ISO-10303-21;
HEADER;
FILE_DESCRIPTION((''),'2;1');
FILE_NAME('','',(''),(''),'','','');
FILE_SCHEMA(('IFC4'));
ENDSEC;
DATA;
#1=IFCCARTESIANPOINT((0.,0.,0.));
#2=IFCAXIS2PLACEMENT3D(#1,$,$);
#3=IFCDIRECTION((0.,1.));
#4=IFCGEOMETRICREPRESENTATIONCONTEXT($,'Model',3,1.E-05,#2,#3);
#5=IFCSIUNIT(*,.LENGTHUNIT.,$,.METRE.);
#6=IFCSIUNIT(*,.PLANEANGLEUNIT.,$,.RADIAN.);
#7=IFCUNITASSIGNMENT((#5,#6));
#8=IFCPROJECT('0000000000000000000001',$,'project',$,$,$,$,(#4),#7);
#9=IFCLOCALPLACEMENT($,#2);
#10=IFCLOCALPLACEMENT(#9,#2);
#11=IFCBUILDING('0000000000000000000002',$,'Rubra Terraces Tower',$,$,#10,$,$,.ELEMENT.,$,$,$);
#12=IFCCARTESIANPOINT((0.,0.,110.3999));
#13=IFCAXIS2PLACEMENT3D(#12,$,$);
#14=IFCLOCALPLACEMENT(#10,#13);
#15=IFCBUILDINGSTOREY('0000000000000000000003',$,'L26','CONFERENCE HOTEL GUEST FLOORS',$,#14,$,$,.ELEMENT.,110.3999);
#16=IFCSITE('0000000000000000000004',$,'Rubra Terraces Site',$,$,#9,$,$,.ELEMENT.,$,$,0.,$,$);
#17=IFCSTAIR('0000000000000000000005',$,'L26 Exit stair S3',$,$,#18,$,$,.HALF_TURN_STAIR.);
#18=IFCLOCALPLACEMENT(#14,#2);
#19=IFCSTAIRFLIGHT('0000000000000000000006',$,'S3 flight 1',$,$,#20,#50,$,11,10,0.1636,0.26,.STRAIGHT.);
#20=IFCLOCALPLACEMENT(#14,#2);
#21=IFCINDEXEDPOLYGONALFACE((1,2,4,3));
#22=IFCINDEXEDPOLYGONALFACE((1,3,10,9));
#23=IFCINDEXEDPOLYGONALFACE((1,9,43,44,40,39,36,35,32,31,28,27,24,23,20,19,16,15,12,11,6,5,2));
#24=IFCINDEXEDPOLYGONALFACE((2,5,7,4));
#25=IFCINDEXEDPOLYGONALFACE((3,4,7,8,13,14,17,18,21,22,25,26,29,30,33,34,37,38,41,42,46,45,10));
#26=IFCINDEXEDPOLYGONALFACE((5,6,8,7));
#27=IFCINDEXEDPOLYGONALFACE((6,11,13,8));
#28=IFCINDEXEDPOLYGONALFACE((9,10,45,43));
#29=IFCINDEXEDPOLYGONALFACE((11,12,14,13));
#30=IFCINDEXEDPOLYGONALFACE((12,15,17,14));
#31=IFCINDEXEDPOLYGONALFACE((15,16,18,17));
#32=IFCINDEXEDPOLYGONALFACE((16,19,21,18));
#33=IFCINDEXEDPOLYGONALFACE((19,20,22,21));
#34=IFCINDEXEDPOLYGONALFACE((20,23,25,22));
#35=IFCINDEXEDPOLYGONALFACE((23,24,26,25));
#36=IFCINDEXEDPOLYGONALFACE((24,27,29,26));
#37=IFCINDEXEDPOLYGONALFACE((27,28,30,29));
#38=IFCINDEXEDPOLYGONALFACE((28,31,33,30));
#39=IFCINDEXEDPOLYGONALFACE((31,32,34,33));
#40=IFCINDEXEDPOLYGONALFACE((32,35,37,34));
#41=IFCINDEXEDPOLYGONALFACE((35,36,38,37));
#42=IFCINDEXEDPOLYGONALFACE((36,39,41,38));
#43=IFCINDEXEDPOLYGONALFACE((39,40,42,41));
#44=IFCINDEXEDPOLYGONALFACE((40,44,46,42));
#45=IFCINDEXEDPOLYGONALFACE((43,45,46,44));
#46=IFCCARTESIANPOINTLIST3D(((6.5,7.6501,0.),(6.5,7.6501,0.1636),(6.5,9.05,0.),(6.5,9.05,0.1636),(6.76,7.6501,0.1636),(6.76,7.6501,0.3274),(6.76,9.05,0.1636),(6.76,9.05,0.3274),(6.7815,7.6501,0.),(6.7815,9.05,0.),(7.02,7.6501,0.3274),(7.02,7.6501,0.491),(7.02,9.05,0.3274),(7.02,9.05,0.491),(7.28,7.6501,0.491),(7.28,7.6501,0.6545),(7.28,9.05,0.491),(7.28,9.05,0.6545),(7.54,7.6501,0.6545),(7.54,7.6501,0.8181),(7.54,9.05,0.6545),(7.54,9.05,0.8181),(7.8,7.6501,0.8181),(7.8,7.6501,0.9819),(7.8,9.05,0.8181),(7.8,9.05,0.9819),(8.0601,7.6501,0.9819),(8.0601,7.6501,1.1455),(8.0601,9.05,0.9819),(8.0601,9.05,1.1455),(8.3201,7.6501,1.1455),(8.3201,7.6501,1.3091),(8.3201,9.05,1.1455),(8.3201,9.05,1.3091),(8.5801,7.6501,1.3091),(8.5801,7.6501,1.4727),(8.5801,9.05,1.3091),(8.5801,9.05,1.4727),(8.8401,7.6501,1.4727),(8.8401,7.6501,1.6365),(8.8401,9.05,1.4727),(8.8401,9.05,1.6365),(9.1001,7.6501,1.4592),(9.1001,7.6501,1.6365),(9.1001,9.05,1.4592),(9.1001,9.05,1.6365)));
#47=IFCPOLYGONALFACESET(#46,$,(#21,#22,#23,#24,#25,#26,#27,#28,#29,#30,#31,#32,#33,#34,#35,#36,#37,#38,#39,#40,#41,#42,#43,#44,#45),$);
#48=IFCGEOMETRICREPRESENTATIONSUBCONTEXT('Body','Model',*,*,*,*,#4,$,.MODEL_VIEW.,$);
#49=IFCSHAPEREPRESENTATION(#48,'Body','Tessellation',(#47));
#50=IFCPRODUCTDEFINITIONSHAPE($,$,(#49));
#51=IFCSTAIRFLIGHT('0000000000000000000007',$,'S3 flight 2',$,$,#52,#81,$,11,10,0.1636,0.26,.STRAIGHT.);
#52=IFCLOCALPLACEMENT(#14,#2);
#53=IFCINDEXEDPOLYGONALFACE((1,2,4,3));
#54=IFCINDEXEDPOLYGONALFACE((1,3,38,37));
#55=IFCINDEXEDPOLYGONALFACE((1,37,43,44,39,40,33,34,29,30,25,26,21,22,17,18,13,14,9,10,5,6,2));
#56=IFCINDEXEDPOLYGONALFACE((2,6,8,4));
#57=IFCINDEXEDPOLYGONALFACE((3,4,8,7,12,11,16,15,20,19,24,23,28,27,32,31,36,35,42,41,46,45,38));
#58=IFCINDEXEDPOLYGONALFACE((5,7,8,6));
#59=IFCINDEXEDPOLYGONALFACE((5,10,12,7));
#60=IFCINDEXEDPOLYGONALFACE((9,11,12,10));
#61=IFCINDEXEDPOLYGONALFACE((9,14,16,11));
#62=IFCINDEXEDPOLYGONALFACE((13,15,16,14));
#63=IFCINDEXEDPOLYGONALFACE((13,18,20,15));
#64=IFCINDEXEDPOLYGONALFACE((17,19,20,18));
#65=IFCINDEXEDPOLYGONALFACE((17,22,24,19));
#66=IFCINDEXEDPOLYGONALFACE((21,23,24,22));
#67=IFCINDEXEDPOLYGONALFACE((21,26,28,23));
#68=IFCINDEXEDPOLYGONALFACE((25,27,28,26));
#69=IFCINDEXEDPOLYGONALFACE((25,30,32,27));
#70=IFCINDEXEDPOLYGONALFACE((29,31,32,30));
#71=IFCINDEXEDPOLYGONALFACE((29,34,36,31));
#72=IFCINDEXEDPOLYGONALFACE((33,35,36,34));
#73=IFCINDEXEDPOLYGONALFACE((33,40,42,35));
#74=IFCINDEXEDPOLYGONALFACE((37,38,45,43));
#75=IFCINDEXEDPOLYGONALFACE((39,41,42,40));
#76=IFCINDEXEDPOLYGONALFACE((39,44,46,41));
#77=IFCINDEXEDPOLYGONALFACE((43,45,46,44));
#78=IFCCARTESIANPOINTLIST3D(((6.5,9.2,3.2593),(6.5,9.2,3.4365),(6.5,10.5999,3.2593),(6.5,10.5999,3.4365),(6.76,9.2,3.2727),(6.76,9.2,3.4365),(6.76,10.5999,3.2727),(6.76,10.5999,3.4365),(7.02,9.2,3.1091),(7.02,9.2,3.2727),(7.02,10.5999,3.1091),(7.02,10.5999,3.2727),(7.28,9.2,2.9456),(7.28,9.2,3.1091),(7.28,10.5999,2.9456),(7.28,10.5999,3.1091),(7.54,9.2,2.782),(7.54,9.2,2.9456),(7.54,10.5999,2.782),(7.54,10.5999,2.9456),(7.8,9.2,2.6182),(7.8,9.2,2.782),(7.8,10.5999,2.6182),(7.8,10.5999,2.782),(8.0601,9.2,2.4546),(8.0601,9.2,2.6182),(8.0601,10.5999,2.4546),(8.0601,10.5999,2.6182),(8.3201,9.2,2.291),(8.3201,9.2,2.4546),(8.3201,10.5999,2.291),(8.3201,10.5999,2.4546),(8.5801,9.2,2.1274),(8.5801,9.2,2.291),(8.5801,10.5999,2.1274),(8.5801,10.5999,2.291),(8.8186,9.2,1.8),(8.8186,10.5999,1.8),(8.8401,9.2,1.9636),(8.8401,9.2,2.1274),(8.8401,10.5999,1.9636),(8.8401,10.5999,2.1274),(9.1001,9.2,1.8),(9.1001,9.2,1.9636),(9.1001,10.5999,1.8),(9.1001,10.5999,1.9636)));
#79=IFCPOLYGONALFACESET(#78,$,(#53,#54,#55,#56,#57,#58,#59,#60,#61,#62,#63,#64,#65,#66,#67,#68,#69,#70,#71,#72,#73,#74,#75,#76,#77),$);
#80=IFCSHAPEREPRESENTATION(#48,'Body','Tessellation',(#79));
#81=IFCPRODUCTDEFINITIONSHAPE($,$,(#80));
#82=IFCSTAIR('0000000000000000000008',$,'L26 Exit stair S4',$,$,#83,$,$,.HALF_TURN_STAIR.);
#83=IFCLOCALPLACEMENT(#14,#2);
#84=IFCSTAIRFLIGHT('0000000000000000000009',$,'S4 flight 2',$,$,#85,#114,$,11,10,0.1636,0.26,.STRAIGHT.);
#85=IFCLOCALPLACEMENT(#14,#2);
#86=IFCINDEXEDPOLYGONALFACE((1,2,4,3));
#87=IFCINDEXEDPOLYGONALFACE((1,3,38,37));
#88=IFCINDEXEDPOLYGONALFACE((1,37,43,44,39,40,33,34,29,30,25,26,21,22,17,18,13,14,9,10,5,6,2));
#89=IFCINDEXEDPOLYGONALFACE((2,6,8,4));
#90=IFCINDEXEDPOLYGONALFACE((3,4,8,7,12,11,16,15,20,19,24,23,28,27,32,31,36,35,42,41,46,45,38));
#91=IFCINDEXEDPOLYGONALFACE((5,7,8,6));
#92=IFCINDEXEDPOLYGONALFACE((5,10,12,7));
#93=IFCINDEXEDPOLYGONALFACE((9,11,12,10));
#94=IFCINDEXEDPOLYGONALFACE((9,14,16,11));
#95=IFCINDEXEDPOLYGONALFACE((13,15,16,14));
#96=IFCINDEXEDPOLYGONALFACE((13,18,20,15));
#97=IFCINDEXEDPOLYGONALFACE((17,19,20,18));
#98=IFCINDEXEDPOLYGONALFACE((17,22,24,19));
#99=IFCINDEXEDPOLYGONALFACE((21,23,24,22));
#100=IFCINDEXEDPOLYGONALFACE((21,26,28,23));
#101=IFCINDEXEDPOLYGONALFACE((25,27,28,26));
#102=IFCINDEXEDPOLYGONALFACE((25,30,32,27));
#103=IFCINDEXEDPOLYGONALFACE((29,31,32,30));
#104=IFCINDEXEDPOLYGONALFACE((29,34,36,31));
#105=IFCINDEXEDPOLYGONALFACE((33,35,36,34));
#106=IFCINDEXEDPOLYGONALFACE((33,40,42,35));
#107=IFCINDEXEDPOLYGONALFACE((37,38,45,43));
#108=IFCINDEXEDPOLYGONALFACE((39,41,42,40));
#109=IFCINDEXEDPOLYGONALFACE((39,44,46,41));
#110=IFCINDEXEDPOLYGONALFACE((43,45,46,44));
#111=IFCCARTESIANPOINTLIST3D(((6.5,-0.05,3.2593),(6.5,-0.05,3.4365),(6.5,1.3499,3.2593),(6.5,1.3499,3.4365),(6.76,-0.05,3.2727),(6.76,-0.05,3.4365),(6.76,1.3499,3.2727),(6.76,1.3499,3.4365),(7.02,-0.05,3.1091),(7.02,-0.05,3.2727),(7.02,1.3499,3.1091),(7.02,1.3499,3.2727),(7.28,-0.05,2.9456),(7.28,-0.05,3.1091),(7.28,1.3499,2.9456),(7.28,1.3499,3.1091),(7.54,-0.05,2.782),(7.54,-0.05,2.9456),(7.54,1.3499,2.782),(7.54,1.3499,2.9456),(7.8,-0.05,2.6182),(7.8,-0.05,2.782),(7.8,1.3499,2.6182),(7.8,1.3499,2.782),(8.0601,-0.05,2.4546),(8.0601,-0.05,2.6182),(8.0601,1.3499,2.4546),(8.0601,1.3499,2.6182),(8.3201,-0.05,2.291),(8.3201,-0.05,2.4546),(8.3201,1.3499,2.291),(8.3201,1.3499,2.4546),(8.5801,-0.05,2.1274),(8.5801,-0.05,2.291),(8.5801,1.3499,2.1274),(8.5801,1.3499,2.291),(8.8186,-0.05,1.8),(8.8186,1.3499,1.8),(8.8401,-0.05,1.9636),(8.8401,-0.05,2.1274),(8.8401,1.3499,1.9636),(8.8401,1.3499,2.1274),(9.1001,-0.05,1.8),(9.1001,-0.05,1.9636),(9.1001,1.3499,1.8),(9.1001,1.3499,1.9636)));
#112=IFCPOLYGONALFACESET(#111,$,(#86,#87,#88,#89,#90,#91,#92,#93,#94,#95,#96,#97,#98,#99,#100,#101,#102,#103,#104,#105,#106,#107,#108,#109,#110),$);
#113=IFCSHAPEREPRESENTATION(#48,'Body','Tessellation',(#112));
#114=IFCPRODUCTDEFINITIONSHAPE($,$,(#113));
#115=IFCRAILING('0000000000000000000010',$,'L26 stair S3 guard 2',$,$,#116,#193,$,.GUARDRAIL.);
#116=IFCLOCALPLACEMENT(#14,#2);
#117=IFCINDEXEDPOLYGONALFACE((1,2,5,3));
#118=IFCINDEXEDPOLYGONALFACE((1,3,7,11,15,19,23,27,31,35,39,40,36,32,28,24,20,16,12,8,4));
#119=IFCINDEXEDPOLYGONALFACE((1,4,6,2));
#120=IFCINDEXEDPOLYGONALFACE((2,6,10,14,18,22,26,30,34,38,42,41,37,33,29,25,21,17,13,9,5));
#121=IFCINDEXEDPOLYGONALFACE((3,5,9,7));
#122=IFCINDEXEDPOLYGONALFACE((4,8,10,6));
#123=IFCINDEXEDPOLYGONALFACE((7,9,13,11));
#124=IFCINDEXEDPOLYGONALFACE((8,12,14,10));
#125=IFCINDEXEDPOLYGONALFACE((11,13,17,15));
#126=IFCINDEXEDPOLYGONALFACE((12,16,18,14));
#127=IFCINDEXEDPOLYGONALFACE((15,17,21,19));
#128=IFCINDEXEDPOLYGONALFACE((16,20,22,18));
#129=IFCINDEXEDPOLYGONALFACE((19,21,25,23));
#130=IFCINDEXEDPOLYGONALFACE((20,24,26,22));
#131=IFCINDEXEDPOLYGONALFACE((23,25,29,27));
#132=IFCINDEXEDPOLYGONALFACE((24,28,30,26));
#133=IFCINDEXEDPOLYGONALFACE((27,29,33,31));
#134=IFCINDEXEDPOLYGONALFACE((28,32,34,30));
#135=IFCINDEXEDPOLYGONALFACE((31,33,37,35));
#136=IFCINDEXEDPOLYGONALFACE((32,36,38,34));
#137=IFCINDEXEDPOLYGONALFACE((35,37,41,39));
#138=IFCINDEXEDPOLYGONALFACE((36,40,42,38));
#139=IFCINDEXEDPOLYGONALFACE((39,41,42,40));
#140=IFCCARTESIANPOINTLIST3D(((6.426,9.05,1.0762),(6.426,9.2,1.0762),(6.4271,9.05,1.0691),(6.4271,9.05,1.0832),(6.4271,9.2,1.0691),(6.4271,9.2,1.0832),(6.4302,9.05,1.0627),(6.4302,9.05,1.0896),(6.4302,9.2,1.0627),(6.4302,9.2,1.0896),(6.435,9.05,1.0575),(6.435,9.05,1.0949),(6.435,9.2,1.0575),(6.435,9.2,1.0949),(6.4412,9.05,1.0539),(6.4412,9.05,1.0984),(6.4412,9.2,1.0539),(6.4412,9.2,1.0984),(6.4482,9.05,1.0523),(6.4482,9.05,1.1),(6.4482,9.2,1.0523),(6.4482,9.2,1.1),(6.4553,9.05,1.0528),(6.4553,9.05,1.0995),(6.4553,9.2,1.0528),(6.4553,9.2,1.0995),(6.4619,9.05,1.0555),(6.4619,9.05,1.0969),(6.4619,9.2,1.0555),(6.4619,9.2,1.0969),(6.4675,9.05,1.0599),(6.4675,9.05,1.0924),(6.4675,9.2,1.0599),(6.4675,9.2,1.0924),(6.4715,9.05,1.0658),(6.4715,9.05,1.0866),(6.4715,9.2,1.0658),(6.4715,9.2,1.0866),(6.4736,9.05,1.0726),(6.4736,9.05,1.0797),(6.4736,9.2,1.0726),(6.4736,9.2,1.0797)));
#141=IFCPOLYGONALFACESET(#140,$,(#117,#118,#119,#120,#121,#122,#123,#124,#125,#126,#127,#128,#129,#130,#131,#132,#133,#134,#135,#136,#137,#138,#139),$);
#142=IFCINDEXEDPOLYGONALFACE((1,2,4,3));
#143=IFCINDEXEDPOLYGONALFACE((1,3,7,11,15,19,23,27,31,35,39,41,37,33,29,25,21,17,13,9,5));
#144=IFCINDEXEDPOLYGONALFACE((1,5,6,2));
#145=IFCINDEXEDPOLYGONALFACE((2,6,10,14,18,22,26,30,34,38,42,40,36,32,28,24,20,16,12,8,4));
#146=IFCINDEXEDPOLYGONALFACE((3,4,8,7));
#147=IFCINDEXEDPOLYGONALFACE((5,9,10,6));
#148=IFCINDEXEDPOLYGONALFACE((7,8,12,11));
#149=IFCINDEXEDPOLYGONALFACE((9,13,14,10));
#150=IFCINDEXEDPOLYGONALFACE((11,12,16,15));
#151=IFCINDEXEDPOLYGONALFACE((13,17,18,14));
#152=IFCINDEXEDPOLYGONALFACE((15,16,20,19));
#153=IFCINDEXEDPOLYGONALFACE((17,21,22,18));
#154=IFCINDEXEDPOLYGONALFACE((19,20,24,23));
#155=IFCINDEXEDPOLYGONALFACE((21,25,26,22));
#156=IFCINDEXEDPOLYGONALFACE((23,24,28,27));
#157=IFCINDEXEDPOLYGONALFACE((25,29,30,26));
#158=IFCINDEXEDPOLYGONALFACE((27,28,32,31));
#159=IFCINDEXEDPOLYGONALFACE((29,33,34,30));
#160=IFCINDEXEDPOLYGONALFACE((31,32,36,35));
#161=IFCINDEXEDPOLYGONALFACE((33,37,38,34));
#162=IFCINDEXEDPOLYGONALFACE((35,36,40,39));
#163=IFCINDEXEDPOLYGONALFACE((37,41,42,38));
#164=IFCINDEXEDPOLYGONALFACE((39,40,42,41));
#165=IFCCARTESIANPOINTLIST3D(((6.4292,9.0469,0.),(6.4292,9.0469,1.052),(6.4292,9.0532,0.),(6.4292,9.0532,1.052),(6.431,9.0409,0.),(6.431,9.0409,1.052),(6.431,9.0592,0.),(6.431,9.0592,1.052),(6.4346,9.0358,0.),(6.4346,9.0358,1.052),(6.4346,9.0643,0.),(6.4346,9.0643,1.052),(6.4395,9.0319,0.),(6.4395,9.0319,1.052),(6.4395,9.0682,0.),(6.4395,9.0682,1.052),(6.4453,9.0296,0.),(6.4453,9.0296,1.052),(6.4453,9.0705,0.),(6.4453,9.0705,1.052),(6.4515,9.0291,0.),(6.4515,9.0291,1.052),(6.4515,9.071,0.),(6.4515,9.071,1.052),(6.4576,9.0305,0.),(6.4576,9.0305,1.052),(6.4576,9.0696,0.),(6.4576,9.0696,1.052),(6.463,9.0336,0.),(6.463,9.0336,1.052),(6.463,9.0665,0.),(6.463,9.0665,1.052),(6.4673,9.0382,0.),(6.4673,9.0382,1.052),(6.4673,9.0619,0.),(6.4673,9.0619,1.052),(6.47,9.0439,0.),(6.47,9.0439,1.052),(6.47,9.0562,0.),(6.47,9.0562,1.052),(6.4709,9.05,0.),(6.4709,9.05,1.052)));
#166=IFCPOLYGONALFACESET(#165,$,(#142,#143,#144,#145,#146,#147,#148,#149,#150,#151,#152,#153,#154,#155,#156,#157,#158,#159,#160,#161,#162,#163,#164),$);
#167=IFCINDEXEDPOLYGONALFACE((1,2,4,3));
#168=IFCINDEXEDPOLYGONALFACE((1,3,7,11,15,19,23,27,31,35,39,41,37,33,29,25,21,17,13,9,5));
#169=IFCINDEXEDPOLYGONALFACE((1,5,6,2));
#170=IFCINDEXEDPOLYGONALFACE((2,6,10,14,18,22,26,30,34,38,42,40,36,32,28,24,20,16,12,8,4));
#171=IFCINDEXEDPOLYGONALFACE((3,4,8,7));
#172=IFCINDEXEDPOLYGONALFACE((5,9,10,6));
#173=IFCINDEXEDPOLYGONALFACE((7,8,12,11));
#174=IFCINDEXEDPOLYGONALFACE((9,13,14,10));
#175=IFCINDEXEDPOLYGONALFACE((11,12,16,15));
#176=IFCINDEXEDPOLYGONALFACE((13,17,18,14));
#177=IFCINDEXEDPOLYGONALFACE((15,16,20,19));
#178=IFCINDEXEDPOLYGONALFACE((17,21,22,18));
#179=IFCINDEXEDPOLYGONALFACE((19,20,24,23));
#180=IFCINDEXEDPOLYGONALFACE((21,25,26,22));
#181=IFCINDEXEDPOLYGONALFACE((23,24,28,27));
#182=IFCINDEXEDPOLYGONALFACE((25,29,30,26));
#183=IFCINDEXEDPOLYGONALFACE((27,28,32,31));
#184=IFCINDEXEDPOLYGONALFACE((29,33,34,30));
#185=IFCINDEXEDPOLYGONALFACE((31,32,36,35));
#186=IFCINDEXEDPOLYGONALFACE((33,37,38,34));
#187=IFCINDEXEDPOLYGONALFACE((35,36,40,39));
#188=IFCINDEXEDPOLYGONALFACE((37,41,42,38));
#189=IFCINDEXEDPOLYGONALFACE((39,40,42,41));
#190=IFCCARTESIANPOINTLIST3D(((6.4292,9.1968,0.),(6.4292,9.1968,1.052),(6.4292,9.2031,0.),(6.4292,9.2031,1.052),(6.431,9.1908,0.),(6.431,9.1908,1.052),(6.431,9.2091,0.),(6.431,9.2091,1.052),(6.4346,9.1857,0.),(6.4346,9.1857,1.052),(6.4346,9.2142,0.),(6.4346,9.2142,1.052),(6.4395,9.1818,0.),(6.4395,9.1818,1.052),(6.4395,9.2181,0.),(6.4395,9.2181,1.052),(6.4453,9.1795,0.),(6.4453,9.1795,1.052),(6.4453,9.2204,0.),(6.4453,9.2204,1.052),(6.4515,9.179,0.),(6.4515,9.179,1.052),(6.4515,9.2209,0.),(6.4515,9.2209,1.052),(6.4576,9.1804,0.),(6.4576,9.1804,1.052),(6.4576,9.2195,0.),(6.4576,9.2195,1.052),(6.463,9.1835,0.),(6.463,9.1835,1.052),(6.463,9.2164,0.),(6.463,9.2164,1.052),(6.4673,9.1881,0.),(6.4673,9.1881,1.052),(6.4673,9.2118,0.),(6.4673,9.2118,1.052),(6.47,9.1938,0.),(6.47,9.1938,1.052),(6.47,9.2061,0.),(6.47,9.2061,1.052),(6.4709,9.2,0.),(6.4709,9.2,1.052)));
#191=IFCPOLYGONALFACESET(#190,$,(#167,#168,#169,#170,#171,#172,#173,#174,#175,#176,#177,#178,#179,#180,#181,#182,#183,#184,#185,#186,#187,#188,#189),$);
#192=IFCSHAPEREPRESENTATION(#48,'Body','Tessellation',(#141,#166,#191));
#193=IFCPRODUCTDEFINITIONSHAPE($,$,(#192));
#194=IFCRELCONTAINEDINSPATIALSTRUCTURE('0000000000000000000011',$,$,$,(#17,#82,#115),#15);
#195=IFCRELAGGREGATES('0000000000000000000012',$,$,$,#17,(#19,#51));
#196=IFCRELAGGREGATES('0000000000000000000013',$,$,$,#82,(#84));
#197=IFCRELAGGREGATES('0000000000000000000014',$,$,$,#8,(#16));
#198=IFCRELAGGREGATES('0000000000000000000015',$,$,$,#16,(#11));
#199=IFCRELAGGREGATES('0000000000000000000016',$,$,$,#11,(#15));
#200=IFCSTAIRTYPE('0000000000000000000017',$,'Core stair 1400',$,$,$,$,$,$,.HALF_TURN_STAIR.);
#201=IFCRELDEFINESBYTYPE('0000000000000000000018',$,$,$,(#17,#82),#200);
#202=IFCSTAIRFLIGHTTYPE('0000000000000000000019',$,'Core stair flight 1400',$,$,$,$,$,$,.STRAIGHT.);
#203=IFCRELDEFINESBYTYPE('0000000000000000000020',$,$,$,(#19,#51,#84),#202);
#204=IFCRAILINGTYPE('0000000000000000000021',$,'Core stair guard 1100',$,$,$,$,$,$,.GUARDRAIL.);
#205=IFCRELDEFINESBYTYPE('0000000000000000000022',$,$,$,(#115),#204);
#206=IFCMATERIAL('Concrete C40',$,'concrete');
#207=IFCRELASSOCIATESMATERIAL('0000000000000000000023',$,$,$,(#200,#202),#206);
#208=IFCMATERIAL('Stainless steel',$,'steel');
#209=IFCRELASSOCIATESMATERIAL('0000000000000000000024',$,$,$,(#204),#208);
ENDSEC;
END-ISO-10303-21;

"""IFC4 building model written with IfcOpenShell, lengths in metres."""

from ifc_helpers import new_model, si_unit, direction, frame, origin, origin_2d, place, context, subcontext, project, spatial, polyline, circle, outline, extrude, material, type_object, element, aggregate, save


model = new_model("IFC4")

# Units and contexts
model_context = context("Model", 3, precision=1e-05, world=origin(), true_north=direction((0.0, 1.0)))
body_context = subcontext(model_context, "Body", "Model", "MODEL_VIEW")
ifc_project = project(units=[si_unit("LENGTHUNIT", "METRE"), si_unit("PLANEANGLEUNIT", "RADIAN")], contexts=[model_context])

# Site, building, storey
site_placement = place(None, origin())
site = spatial("IfcSite", under=ifc_project, at=site_placement, Name="Rubra Terraces Site", CompositionType="ELEMENT", RefElevation=0.0)
building_placement = place(site_placement, origin())
building = spatial("IfcBuilding", under=site, at=building_placement, Name="Rubra Terraces Tower", CompositionType="ELEMENT")
storey_placement = place(building_placement, frame((0.0, 0.0, 110.3999)))
storey = spatial("IfcBuildingStorey", under=building, at=storey_placement, Name="L26", Description="CONFERENCE HOTEL GUEST FLOORS", CompositionType="ELEMENT", Elevation=110.3999)

# Shared definitions
ifc_material_1 = material(Name="Concrete C40", Category="concrete")

# Shared definitions
ifc_material_2 = material(Name="Stainless steel", Category="steel")

# Stair, stair flights
stair_type = type_object("IfcStairType", Name="Core stair 1400", PredefinedType="HALF_TURN_STAIR", material=ifc_material_1)
stair_1_placement = place(storey_placement, origin())
stair_1 = element("IfcStair", 1, at=stair_1_placement, inside=storey, type_object=stair_type, Name="L26 Exit stair S3", PredefinedType="HALF_TURN_STAIR")
stair_flight_type = type_object("IfcStairFlightType", Name="Core stair flight 1400", PredefinedType="STRAIGHT", material=ifc_material_1)
stair_flight_1_placement = place(storey_placement, frame((6.5, 8.3501, 0.0), z_axis=(0.0, 0.0, 1.0), x_axis=(1.0, 0.0, 0.0)))
stair_flight_1 = element("IfcStairFlight", 2, at=stair_flight_1_placement, type_object=stair_flight_type, Name="S3 flight 1", NumberOfRisers=11, NumberOfTreads=10, PredefinedType="STRAIGHT", RiserHeight=0.1636, TreadLength=0.26, context=body_context, shape_type="SweptSolid", body=[
    extrude(outline(polyline([(0.0, 0.0), (0.0, 0.1636), (0.26, 0.1636), (0.26, 0.3274), (0.52, 0.3274), (0.52, 0.491), (0.78, 0.491), (0.78, 0.6545), (1.04, 0.6545), (1.04, 0.8181), (1.3, 0.8181), (1.3, 0.9819), (1.5601, 0.9819), (1.5601, 1.1455), (1.8201, 1.1455), (1.8201, 1.3091), (2.0801, 1.3091), (2.0801, 1.4727), (2.3401, 1.4727), (2.3401, 1.6365), (2.6001, 1.6365), (2.6001, 1.8), (2.6001, 1.4592), (0.2815, 0.0), (0.0, 0.0)])), frame((0.0, 0.7, 0.0), z_axis=(0.0, -1.0, 0.0), x_axis=(1.0, 0.0, 0.0)), (0.0, 0.0, 1.0), 1.3999),
])
stair_flight_2_placement = place(storey_placement, frame((9.1001, 9.8999, 1.8), z_axis=(0.0, 0.0, 1.0), x_axis=(-1.0, 0.0, 0.0)))
stair_flight_2 = element("IfcStairFlight", 3, at=stair_flight_2_placement, type_object=stair_flight_type, Name="S3 flight 2", NumberOfRisers=11, NumberOfTreads=10, PredefinedType="STRAIGHT", RiserHeight=0.1636, TreadLength=0.26, context=body_context, shape_type="SweptSolid", body=[
    extrude(outline(polyline([(0.0, 0.0), (0.0, 0.1636), (0.26, 0.1636), (0.26, 0.3274), (0.52, 0.3274), (0.52, 0.491), (0.78, 0.491), (0.78, 0.6545), (1.04, 0.6545), (1.04, 0.8181), (1.3, 0.8181), (1.3, 0.9819), (1.5601, 0.9819), (1.5601, 1.1455), (1.8201, 1.1455), (1.8201, 1.3091), (2.0801, 1.3091), (2.0801, 1.4727), (2.3401, 1.4727), (2.3401, 1.6365), (2.6001, 1.6365), (2.6001, 1.8), (2.6001, 1.4592), (0.2815, 0.0), (0.0, 0.0)])), frame((0.0, 0.7, 0.0), z_axis=(0.0, -1.0, 0.0), x_axis=(1.0, 0.0, 0.0)), (0.0, 0.0, 1.0), 1.3999),
])
aggregate(stair_1, [stair_flight_1, stair_flight_2])

# Stair, stair flight
stair_2_placement = place(storey_placement, origin())
stair_2 = element("IfcStair", 4, at=stair_2_placement, inside=storey, type_object=stair_type, Name="L26 Exit stair S4", PredefinedType="HALF_TURN_STAIR")
stair_flight_3_placement = place(storey_placement, frame((9.1001, 0.6499, 1.8), z_axis=(0.0, 0.0, 1.0), x_axis=(-1.0, 0.0, 0.0)))
stair_flight_3 = element("IfcStairFlight", 5, at=stair_flight_3_placement, type_object=stair_flight_type, Name="S4 flight 2", NumberOfRisers=11, NumberOfTreads=10, PredefinedType="STRAIGHT", RiserHeight=0.1636, TreadLength=0.26, context=body_context, shape_type="SweptSolid", body=[
    extrude(outline(polyline([(0.0, 0.0), (0.0, 0.1636), (0.26, 0.1636), (0.26, 0.3274), (0.52, 0.3274), (0.52, 0.491), (0.78, 0.491), (0.78, 0.6545), (1.04, 0.6545), (1.04, 0.8181), (1.3, 0.8181), (1.3, 0.9819), (1.5601, 0.9819), (1.5601, 1.1455), (1.8201, 1.1455), (1.8201, 1.3091), (2.0801, 1.3091), (2.0801, 1.4727), (2.3401, 1.4727), (2.3401, 1.6365), (2.6001, 1.6365), (2.6001, 1.8), (2.6001, 1.4592), (0.2815, 0.0), (0.0, 0.0)])), frame((0.0, 0.7, 0.0), z_axis=(0.0, -1.0, 0.0), x_axis=(1.0, 0.0, 0.0)), (0.0, 0.0, 1.0), 1.3999),
])
aggregate(stair_2, [stair_flight_3])

# Railing
railing_type_1 = type_object("IfcRailingType", Name="Core stair guard 1100", PredefinedType="GUARDRAIL", material=ifc_material_2)
railing_1_placement = place(storey_placement, frame((6.45, 9.05, 0.0)))
element("IfcRailing", 6, at=railing_1_placement, inside=storey, type_object=railing_type_1, Name="L26 stair S3 guard 2", PredefinedType="GUARDRAIL", context=body_context, shape_type="SweptSolid", body=[
    extrude(circle(Radius=0.0239, at=origin_2d()), frame((0.0, 0.0, 1.0762), z_axis=(0.0, 1.0, 0.0), x_axis=(-1.0, 0.0, 0.0)), (0.0, 0.0, 1.0), 0.1499),
    extrude(circle(Radius=0.021, at=origin_2d()), origin(), (0.0, 0.0, 1.0), 1.052),
    extrude(circle(Radius=0.021, at=origin_2d()), frame((0.0, 0.1499, 0.0)), (0.0, 0.0, 1.0), 1.052),
])

save(model, "model.ifc")
